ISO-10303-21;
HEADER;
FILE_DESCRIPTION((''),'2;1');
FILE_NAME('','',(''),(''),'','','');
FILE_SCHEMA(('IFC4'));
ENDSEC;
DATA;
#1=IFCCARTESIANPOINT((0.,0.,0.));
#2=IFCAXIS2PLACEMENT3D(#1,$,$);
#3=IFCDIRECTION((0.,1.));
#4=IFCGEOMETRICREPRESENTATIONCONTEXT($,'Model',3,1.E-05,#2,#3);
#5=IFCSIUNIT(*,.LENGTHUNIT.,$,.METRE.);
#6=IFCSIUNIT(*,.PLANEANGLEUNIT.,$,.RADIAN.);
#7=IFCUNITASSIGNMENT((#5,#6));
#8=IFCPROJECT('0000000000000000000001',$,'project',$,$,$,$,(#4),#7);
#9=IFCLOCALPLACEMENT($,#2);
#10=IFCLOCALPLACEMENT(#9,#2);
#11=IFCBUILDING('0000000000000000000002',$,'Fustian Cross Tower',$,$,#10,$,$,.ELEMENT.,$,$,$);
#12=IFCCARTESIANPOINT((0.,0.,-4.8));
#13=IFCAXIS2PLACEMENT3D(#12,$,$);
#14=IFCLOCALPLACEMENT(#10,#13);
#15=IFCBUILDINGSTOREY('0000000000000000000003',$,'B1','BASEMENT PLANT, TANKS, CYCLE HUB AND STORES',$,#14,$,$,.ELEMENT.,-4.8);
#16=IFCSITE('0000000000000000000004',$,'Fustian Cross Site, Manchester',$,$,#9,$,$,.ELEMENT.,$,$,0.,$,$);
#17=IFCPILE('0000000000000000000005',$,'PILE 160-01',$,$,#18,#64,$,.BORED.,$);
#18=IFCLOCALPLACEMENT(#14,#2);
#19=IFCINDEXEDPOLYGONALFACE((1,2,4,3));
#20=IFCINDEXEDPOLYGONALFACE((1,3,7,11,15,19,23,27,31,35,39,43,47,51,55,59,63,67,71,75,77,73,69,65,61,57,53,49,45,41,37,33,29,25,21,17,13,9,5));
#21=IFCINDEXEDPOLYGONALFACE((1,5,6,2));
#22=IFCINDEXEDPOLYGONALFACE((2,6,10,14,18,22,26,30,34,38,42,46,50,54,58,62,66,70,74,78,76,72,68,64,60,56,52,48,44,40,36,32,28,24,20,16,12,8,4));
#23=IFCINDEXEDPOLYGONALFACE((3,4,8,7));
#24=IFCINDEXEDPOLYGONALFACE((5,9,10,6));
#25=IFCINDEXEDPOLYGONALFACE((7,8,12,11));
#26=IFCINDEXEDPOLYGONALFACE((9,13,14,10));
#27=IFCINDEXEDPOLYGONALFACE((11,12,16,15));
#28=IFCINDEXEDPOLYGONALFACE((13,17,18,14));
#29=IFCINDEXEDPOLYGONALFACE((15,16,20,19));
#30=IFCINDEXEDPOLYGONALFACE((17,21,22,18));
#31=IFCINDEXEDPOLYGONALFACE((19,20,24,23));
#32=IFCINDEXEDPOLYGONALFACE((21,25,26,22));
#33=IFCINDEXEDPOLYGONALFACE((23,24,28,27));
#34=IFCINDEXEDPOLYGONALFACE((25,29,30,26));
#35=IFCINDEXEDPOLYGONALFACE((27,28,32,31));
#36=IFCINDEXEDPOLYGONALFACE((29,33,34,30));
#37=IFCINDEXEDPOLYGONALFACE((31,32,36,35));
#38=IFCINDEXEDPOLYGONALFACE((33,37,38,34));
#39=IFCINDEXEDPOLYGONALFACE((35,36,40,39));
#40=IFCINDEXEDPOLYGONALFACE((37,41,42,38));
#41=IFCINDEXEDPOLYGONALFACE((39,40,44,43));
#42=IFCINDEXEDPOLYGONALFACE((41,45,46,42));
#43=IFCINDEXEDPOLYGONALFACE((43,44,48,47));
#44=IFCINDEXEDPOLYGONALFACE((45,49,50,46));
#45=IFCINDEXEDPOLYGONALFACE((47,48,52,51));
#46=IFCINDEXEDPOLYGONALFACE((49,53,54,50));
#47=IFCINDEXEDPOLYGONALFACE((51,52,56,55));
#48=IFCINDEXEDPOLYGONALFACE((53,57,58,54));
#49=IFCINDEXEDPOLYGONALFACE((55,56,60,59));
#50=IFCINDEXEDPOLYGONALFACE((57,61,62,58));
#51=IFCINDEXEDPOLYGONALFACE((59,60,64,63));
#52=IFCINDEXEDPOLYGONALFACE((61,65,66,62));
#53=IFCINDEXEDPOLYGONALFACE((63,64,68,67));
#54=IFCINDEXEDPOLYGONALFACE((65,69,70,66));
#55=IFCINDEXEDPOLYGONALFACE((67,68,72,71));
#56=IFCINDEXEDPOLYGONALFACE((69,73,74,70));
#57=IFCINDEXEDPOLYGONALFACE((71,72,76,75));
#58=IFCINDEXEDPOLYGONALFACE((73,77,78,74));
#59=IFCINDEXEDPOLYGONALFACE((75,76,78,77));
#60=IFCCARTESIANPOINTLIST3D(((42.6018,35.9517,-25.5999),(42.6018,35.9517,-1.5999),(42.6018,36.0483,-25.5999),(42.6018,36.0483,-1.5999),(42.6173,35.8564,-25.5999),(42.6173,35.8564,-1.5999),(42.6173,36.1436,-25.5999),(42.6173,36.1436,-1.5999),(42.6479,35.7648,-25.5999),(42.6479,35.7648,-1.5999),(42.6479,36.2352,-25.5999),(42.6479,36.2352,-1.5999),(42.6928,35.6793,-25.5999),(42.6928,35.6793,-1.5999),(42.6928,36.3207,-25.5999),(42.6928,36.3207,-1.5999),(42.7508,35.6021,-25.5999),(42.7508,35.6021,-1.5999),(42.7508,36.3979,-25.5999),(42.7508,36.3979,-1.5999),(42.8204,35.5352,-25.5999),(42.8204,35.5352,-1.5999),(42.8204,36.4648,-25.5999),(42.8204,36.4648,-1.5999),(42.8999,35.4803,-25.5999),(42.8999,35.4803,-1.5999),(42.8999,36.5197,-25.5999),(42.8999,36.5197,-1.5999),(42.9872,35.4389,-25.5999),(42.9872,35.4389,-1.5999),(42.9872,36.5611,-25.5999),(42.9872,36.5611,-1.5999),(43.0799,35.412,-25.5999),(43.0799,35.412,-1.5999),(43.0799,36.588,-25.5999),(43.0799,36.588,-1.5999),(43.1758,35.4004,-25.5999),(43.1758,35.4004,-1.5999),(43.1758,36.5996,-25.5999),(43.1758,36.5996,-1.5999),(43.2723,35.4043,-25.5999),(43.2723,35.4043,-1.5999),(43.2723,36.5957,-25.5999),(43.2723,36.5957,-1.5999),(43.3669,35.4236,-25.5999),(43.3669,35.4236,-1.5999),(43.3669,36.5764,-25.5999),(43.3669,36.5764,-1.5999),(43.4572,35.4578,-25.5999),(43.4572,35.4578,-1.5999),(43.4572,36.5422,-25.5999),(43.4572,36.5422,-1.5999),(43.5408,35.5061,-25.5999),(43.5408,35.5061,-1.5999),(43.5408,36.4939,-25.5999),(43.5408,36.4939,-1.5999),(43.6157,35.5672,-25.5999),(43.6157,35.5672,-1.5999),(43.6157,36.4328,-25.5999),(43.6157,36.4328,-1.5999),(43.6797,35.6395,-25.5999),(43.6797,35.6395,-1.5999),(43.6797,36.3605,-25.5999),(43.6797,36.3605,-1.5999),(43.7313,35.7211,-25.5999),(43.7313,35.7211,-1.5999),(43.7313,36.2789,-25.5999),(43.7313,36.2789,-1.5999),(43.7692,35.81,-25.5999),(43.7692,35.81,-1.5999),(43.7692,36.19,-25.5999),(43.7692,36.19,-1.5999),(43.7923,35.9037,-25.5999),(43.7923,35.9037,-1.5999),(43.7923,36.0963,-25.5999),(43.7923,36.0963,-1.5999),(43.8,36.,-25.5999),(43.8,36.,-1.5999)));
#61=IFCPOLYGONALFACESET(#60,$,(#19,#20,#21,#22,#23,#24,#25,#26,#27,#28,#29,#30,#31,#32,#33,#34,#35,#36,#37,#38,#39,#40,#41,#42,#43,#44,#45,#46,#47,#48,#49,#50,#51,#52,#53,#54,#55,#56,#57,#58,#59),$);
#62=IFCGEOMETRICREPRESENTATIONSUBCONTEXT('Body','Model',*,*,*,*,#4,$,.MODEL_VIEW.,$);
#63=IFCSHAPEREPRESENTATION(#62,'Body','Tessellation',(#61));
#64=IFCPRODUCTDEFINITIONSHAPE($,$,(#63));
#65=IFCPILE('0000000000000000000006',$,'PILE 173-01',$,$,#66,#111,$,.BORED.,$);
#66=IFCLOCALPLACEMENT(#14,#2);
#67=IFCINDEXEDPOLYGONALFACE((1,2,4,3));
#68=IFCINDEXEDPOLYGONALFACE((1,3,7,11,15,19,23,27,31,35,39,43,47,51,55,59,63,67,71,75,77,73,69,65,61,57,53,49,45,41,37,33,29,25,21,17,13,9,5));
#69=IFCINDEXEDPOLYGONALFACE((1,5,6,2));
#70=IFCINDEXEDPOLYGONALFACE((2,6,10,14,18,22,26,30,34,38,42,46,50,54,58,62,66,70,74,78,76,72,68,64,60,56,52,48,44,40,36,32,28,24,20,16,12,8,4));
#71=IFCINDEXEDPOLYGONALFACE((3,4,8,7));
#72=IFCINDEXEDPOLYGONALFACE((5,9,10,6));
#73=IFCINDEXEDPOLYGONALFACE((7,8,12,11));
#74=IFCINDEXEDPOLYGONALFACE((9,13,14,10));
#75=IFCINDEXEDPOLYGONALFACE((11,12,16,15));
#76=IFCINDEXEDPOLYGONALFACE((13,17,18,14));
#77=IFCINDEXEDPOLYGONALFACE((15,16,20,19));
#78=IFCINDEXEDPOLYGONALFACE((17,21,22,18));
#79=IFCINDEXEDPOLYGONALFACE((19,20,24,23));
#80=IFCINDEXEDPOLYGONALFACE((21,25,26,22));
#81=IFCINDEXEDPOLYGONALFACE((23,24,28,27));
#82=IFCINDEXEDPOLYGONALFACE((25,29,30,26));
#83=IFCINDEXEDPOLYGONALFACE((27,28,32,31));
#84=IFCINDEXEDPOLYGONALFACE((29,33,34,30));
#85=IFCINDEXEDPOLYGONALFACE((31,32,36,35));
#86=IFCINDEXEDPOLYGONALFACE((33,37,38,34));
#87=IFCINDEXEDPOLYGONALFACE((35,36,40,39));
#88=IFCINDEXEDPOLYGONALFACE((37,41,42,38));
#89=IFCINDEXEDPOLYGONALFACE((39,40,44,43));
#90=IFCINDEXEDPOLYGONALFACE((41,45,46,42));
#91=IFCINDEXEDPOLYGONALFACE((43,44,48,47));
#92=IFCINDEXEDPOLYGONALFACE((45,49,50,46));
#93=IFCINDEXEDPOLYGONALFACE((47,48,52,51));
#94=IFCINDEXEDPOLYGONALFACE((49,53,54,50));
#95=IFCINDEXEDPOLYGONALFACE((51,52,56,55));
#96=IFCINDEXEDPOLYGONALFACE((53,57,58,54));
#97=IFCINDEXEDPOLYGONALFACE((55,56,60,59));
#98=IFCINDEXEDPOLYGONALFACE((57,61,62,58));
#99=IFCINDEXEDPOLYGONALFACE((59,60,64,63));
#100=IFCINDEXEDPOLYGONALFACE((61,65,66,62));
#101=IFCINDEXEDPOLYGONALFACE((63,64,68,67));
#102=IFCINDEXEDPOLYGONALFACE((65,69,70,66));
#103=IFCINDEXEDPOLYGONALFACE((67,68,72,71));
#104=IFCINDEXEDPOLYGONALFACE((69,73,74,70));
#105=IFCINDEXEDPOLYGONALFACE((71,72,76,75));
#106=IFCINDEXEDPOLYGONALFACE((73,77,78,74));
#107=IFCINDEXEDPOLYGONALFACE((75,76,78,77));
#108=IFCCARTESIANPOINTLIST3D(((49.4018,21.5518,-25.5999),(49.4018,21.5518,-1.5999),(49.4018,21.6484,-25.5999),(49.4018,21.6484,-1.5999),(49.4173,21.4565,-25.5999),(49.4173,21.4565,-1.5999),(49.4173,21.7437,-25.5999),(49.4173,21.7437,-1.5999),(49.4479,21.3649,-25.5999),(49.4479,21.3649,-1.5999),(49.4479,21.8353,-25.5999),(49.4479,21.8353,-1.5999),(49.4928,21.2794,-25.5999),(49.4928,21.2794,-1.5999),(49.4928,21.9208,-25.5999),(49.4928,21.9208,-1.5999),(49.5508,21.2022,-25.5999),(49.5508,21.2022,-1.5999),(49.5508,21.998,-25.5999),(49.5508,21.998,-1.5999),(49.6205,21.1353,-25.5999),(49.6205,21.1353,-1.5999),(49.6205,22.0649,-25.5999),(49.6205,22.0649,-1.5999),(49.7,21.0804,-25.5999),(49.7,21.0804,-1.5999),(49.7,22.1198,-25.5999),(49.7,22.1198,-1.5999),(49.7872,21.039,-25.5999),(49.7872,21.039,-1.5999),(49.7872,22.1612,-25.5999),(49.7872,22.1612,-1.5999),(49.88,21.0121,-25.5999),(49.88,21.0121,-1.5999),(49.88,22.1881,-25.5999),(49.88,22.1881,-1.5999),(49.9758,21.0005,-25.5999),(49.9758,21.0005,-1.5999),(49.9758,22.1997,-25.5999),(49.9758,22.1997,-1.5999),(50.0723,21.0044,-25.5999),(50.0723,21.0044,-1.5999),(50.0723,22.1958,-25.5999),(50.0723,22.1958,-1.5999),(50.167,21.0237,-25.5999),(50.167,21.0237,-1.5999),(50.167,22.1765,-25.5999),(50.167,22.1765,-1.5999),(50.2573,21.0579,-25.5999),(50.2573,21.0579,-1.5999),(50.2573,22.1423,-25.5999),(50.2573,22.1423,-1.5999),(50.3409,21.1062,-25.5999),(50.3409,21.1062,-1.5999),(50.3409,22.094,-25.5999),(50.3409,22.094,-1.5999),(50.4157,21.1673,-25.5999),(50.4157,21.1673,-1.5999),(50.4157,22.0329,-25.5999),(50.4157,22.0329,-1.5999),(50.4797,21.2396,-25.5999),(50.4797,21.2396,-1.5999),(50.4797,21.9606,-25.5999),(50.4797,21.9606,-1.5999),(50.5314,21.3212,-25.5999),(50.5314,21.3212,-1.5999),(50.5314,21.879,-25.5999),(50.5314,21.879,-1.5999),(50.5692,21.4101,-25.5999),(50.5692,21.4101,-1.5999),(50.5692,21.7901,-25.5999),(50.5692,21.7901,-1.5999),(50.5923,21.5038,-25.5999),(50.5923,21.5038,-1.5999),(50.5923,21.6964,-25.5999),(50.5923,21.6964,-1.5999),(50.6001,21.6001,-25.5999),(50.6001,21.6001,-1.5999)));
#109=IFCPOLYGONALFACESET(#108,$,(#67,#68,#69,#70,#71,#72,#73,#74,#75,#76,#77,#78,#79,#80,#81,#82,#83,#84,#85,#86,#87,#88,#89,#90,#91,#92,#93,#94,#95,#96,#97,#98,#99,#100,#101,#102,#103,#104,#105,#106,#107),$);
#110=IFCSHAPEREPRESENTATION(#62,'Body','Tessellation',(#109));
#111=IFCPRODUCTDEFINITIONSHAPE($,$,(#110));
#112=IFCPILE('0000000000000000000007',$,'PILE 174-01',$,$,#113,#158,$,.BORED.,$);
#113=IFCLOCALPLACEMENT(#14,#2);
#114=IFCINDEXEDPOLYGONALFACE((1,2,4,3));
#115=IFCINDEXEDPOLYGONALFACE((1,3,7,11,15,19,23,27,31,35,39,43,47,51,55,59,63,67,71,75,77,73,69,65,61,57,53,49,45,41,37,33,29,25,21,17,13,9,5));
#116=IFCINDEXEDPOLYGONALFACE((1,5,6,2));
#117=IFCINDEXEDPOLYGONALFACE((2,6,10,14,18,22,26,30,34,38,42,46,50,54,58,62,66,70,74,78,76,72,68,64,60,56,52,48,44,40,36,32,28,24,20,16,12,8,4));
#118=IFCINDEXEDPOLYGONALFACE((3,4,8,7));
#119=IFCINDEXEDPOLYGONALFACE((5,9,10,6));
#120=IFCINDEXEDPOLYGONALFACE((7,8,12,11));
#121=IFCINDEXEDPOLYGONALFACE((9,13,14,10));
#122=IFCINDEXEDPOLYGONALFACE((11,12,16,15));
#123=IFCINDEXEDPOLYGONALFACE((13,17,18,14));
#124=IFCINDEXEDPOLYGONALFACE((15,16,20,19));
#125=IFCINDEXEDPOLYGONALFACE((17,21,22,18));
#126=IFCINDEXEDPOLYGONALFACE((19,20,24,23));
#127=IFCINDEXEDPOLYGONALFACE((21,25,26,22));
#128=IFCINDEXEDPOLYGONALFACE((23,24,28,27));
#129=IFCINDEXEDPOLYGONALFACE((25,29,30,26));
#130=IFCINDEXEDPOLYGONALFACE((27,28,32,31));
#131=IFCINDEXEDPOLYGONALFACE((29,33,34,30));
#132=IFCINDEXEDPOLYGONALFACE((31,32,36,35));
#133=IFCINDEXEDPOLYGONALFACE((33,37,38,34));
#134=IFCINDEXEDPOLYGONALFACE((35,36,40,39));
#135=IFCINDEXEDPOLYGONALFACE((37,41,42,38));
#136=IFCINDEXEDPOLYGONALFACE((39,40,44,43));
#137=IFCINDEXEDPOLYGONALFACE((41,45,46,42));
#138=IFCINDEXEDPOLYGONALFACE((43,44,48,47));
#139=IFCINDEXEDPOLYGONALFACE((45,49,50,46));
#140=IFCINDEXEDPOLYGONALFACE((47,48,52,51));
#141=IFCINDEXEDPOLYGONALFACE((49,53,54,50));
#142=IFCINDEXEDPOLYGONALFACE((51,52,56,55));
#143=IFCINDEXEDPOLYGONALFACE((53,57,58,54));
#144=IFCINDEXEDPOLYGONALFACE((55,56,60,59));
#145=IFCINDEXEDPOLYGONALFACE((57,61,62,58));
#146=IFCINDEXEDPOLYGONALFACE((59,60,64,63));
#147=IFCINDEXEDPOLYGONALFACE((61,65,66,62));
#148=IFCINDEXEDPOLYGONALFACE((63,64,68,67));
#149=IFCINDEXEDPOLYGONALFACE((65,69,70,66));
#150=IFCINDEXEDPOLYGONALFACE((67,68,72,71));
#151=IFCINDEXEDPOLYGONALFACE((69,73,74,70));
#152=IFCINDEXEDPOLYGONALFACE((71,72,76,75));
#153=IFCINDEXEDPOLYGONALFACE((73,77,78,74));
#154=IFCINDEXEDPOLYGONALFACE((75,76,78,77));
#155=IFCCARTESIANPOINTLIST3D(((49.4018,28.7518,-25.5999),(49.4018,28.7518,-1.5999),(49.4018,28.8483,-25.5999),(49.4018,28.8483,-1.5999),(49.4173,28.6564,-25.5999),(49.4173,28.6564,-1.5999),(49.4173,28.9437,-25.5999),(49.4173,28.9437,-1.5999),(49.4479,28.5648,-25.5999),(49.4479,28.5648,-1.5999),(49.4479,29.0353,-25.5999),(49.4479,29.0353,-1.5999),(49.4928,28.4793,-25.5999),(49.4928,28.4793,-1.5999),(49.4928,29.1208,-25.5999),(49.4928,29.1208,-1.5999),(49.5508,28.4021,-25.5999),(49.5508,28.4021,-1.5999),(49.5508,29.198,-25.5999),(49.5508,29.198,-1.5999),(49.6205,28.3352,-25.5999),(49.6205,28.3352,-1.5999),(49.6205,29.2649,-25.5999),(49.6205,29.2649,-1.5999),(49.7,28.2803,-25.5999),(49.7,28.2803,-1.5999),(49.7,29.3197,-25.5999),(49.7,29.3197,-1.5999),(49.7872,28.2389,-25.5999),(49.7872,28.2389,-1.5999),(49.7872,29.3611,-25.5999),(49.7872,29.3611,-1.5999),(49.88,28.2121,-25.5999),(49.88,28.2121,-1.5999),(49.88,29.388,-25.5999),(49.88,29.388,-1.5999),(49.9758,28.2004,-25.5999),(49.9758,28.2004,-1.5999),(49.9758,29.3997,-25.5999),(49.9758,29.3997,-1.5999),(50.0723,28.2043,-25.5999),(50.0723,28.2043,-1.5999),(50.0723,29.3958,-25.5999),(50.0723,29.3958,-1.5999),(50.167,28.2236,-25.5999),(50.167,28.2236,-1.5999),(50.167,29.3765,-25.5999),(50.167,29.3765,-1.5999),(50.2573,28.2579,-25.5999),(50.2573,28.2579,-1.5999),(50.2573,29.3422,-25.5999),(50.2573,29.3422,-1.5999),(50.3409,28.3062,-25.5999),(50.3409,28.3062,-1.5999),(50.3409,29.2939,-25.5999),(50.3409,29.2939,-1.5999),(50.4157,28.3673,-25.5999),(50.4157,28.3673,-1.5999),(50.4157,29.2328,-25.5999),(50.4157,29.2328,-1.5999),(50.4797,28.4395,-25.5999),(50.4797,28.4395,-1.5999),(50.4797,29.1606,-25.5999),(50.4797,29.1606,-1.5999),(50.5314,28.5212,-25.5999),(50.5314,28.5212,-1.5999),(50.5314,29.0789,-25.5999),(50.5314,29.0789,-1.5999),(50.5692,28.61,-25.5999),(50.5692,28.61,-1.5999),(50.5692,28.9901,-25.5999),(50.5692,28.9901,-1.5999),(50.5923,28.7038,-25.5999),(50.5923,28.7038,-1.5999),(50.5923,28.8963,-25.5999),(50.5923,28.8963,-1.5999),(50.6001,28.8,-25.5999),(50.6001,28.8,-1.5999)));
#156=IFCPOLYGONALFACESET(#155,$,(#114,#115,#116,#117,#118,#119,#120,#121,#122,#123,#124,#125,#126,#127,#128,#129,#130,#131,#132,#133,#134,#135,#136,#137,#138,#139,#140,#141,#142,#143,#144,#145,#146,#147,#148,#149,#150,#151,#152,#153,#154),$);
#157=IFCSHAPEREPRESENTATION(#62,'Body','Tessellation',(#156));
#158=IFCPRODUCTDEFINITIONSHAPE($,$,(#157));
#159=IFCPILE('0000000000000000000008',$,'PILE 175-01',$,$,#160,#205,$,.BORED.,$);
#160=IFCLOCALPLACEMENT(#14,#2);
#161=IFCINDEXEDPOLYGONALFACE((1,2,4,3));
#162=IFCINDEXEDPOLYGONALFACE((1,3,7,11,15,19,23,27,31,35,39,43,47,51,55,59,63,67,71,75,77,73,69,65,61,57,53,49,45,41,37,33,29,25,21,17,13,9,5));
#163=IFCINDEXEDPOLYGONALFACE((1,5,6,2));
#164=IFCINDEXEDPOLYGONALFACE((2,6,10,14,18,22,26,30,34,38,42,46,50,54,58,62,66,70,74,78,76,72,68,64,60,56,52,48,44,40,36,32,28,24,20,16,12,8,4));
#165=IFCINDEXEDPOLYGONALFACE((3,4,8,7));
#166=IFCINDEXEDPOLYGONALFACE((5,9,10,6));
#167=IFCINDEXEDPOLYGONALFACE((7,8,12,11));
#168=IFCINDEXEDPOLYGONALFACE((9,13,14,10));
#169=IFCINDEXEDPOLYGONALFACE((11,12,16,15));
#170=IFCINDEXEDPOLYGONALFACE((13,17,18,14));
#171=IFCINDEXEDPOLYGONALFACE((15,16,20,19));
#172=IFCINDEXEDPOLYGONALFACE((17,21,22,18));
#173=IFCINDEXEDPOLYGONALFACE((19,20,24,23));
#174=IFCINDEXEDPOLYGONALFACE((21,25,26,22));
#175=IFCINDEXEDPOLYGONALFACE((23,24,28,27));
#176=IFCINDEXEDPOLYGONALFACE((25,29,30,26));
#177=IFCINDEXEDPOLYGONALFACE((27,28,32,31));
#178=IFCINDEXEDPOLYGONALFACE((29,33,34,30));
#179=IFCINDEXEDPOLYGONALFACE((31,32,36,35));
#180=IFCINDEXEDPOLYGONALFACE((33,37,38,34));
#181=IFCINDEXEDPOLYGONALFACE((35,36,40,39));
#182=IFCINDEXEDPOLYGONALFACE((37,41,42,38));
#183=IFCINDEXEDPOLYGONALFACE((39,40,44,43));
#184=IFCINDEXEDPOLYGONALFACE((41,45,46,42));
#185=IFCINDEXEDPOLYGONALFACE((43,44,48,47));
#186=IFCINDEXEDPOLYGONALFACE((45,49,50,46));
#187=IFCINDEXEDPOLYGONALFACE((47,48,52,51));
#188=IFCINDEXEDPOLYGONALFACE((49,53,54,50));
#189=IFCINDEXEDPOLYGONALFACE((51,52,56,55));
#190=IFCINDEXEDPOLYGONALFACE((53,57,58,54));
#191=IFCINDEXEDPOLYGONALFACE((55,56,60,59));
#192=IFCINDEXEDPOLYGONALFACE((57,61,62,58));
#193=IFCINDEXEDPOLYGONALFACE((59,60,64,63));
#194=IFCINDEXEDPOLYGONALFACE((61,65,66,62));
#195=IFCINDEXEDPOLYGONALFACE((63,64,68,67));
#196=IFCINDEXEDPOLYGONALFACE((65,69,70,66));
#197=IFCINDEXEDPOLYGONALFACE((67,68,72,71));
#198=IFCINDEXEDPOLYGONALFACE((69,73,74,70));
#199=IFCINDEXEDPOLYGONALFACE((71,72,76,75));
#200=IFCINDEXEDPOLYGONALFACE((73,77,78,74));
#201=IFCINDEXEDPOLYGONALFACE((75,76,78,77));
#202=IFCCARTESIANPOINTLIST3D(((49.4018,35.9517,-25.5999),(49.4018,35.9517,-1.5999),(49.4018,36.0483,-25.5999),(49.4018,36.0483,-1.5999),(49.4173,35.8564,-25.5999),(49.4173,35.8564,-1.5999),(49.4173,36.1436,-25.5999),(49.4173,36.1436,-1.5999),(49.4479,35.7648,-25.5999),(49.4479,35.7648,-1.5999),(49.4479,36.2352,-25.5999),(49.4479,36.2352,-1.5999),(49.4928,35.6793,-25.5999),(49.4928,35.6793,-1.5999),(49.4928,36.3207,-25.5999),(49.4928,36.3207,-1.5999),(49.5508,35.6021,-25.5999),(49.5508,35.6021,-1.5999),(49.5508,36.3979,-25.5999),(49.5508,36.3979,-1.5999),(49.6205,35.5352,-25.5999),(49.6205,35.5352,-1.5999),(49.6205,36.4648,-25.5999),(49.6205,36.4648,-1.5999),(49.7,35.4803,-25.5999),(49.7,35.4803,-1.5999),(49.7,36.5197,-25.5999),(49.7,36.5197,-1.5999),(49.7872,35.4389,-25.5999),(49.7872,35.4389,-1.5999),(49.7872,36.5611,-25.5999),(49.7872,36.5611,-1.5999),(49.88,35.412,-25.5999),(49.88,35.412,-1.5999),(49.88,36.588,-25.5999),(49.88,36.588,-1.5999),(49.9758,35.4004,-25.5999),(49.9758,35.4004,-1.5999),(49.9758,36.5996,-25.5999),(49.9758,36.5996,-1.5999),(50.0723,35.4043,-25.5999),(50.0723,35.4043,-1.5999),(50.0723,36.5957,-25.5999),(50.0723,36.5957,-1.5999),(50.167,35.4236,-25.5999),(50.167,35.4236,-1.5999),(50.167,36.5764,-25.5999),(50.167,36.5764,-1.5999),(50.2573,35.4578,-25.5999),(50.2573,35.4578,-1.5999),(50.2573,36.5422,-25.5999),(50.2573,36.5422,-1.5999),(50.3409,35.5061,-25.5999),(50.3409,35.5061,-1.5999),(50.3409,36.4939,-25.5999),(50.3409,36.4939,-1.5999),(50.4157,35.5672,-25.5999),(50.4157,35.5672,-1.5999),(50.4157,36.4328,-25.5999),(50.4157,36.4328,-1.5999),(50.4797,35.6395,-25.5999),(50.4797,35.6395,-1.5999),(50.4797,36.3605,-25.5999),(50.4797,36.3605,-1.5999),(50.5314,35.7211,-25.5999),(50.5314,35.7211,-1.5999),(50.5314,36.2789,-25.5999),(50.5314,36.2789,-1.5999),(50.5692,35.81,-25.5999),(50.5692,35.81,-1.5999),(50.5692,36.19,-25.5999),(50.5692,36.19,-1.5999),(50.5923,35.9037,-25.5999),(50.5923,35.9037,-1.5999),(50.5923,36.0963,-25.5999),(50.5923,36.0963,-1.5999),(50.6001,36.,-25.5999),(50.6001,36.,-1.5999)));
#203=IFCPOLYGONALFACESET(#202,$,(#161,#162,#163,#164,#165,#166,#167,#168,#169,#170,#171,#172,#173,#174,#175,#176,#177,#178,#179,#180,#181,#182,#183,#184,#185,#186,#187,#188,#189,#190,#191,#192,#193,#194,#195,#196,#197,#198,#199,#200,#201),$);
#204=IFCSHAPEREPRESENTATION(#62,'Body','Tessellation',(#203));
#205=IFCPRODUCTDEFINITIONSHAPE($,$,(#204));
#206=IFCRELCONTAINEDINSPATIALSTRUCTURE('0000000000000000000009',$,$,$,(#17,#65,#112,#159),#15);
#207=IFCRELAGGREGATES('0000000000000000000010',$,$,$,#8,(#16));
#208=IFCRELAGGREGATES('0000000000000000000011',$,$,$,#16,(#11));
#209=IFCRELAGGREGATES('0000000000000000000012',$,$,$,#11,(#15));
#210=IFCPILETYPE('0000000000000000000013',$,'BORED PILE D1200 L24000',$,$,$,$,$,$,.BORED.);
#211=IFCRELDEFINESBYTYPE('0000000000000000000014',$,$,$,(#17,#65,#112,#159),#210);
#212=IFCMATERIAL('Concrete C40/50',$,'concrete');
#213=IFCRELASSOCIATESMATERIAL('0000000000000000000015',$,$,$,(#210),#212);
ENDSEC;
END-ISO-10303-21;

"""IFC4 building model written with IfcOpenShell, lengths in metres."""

from ifc_helpers import new_model, si_unit, direction, frame, origin, origin_2d, place, context, subcontext, project, spatial, circle, extrude, material, material_profile, profile_set, type_object, element, save


model = new_model("IFC4")

# Units and contexts
model_context = context("Model", 3, precision=1e-05, world=origin(), true_north=direction((0.0, 1.0)))
body_context = subcontext(model_context, "Body", "Model", "MODEL_VIEW")
ifc_project = project(units=[si_unit("LENGTHUNIT", "METRE"), si_unit("PLANEANGLEUNIT", "RADIAN")], contexts=[model_context])

# Site, building, storey
site_placement = place(None, origin())
site = spatial("IfcSite", under=ifc_project, at=site_placement, Name="Fustian Cross Site, Manchester", CompositionType="ELEMENT", RefElevation=0.0)
building_placement = place(site_placement, origin())
building = spatial("IfcBuilding", under=site, at=building_placement, Name="Fustian Cross Tower", CompositionType="ELEMENT")
storey_placement = place(building_placement, frame((0.0, 0.0, -4.8)))
storey = spatial("IfcBuildingStorey", under=building, at=storey_placement, Name="B1", Description="BASEMENT PLANT, TANKS, CYCLE HUB AND STORES", CompositionType="ELEMENT", Elevation=-4.8)

# Piles
ifc_material_1 = material(Name="Concrete C40/50", Category="concrete")
ifc_material_profile_1 = material_profile(ifc_material_1, circle(Radius=0.6001, at=origin_2d()), Name="BORED PILE D1200 L24000")
ifc_profile_set_1 = profile_set([ifc_material_profile_1], Name="Concrete C40/50")
pile_type = type_object("IfcPileType", Name="BORED PILE D1200 L24000", PredefinedType="BORED", material=ifc_profile_set_1)
for number, where, z_axis, x_axis, name in (
    (1, (43.2, 36.0, -1.5999), (0.0, 0.0, -1.0), (1.0, 0.0, 0.0), "PILE 160-01"),
    (2, (50.0, 21.6001, -1.5999), (0.0, 0.0, -1.0), (1.0, 0.0, 0.0), "PILE 173-01"),
    (3, (50.0, 28.8, -1.5999), (0.0, 0.0, -1.0), (1.0, 0.0, 0.0), "PILE 174-01"),
    (4, (50.0, 36.0, -1.5999), (0.0, 0.0, -1.0), (1.0, 0.0, 0.0), "PILE 175-01"),
):
    element("IfcPile", number, at=place(storey_placement, frame(where, z_axis=z_axis, x_axis=x_axis)), inside=storey, type_object=pile_type, Name=name, PredefinedType="BORED", context=body_context, shape_type="SweptSolid", body=[
        extrude(circle(Radius=0.6001, at=origin_2d()), origin(), (0.0, 0.0, 1.0), 24.0),
    ])

save(model, "model.ifc")
